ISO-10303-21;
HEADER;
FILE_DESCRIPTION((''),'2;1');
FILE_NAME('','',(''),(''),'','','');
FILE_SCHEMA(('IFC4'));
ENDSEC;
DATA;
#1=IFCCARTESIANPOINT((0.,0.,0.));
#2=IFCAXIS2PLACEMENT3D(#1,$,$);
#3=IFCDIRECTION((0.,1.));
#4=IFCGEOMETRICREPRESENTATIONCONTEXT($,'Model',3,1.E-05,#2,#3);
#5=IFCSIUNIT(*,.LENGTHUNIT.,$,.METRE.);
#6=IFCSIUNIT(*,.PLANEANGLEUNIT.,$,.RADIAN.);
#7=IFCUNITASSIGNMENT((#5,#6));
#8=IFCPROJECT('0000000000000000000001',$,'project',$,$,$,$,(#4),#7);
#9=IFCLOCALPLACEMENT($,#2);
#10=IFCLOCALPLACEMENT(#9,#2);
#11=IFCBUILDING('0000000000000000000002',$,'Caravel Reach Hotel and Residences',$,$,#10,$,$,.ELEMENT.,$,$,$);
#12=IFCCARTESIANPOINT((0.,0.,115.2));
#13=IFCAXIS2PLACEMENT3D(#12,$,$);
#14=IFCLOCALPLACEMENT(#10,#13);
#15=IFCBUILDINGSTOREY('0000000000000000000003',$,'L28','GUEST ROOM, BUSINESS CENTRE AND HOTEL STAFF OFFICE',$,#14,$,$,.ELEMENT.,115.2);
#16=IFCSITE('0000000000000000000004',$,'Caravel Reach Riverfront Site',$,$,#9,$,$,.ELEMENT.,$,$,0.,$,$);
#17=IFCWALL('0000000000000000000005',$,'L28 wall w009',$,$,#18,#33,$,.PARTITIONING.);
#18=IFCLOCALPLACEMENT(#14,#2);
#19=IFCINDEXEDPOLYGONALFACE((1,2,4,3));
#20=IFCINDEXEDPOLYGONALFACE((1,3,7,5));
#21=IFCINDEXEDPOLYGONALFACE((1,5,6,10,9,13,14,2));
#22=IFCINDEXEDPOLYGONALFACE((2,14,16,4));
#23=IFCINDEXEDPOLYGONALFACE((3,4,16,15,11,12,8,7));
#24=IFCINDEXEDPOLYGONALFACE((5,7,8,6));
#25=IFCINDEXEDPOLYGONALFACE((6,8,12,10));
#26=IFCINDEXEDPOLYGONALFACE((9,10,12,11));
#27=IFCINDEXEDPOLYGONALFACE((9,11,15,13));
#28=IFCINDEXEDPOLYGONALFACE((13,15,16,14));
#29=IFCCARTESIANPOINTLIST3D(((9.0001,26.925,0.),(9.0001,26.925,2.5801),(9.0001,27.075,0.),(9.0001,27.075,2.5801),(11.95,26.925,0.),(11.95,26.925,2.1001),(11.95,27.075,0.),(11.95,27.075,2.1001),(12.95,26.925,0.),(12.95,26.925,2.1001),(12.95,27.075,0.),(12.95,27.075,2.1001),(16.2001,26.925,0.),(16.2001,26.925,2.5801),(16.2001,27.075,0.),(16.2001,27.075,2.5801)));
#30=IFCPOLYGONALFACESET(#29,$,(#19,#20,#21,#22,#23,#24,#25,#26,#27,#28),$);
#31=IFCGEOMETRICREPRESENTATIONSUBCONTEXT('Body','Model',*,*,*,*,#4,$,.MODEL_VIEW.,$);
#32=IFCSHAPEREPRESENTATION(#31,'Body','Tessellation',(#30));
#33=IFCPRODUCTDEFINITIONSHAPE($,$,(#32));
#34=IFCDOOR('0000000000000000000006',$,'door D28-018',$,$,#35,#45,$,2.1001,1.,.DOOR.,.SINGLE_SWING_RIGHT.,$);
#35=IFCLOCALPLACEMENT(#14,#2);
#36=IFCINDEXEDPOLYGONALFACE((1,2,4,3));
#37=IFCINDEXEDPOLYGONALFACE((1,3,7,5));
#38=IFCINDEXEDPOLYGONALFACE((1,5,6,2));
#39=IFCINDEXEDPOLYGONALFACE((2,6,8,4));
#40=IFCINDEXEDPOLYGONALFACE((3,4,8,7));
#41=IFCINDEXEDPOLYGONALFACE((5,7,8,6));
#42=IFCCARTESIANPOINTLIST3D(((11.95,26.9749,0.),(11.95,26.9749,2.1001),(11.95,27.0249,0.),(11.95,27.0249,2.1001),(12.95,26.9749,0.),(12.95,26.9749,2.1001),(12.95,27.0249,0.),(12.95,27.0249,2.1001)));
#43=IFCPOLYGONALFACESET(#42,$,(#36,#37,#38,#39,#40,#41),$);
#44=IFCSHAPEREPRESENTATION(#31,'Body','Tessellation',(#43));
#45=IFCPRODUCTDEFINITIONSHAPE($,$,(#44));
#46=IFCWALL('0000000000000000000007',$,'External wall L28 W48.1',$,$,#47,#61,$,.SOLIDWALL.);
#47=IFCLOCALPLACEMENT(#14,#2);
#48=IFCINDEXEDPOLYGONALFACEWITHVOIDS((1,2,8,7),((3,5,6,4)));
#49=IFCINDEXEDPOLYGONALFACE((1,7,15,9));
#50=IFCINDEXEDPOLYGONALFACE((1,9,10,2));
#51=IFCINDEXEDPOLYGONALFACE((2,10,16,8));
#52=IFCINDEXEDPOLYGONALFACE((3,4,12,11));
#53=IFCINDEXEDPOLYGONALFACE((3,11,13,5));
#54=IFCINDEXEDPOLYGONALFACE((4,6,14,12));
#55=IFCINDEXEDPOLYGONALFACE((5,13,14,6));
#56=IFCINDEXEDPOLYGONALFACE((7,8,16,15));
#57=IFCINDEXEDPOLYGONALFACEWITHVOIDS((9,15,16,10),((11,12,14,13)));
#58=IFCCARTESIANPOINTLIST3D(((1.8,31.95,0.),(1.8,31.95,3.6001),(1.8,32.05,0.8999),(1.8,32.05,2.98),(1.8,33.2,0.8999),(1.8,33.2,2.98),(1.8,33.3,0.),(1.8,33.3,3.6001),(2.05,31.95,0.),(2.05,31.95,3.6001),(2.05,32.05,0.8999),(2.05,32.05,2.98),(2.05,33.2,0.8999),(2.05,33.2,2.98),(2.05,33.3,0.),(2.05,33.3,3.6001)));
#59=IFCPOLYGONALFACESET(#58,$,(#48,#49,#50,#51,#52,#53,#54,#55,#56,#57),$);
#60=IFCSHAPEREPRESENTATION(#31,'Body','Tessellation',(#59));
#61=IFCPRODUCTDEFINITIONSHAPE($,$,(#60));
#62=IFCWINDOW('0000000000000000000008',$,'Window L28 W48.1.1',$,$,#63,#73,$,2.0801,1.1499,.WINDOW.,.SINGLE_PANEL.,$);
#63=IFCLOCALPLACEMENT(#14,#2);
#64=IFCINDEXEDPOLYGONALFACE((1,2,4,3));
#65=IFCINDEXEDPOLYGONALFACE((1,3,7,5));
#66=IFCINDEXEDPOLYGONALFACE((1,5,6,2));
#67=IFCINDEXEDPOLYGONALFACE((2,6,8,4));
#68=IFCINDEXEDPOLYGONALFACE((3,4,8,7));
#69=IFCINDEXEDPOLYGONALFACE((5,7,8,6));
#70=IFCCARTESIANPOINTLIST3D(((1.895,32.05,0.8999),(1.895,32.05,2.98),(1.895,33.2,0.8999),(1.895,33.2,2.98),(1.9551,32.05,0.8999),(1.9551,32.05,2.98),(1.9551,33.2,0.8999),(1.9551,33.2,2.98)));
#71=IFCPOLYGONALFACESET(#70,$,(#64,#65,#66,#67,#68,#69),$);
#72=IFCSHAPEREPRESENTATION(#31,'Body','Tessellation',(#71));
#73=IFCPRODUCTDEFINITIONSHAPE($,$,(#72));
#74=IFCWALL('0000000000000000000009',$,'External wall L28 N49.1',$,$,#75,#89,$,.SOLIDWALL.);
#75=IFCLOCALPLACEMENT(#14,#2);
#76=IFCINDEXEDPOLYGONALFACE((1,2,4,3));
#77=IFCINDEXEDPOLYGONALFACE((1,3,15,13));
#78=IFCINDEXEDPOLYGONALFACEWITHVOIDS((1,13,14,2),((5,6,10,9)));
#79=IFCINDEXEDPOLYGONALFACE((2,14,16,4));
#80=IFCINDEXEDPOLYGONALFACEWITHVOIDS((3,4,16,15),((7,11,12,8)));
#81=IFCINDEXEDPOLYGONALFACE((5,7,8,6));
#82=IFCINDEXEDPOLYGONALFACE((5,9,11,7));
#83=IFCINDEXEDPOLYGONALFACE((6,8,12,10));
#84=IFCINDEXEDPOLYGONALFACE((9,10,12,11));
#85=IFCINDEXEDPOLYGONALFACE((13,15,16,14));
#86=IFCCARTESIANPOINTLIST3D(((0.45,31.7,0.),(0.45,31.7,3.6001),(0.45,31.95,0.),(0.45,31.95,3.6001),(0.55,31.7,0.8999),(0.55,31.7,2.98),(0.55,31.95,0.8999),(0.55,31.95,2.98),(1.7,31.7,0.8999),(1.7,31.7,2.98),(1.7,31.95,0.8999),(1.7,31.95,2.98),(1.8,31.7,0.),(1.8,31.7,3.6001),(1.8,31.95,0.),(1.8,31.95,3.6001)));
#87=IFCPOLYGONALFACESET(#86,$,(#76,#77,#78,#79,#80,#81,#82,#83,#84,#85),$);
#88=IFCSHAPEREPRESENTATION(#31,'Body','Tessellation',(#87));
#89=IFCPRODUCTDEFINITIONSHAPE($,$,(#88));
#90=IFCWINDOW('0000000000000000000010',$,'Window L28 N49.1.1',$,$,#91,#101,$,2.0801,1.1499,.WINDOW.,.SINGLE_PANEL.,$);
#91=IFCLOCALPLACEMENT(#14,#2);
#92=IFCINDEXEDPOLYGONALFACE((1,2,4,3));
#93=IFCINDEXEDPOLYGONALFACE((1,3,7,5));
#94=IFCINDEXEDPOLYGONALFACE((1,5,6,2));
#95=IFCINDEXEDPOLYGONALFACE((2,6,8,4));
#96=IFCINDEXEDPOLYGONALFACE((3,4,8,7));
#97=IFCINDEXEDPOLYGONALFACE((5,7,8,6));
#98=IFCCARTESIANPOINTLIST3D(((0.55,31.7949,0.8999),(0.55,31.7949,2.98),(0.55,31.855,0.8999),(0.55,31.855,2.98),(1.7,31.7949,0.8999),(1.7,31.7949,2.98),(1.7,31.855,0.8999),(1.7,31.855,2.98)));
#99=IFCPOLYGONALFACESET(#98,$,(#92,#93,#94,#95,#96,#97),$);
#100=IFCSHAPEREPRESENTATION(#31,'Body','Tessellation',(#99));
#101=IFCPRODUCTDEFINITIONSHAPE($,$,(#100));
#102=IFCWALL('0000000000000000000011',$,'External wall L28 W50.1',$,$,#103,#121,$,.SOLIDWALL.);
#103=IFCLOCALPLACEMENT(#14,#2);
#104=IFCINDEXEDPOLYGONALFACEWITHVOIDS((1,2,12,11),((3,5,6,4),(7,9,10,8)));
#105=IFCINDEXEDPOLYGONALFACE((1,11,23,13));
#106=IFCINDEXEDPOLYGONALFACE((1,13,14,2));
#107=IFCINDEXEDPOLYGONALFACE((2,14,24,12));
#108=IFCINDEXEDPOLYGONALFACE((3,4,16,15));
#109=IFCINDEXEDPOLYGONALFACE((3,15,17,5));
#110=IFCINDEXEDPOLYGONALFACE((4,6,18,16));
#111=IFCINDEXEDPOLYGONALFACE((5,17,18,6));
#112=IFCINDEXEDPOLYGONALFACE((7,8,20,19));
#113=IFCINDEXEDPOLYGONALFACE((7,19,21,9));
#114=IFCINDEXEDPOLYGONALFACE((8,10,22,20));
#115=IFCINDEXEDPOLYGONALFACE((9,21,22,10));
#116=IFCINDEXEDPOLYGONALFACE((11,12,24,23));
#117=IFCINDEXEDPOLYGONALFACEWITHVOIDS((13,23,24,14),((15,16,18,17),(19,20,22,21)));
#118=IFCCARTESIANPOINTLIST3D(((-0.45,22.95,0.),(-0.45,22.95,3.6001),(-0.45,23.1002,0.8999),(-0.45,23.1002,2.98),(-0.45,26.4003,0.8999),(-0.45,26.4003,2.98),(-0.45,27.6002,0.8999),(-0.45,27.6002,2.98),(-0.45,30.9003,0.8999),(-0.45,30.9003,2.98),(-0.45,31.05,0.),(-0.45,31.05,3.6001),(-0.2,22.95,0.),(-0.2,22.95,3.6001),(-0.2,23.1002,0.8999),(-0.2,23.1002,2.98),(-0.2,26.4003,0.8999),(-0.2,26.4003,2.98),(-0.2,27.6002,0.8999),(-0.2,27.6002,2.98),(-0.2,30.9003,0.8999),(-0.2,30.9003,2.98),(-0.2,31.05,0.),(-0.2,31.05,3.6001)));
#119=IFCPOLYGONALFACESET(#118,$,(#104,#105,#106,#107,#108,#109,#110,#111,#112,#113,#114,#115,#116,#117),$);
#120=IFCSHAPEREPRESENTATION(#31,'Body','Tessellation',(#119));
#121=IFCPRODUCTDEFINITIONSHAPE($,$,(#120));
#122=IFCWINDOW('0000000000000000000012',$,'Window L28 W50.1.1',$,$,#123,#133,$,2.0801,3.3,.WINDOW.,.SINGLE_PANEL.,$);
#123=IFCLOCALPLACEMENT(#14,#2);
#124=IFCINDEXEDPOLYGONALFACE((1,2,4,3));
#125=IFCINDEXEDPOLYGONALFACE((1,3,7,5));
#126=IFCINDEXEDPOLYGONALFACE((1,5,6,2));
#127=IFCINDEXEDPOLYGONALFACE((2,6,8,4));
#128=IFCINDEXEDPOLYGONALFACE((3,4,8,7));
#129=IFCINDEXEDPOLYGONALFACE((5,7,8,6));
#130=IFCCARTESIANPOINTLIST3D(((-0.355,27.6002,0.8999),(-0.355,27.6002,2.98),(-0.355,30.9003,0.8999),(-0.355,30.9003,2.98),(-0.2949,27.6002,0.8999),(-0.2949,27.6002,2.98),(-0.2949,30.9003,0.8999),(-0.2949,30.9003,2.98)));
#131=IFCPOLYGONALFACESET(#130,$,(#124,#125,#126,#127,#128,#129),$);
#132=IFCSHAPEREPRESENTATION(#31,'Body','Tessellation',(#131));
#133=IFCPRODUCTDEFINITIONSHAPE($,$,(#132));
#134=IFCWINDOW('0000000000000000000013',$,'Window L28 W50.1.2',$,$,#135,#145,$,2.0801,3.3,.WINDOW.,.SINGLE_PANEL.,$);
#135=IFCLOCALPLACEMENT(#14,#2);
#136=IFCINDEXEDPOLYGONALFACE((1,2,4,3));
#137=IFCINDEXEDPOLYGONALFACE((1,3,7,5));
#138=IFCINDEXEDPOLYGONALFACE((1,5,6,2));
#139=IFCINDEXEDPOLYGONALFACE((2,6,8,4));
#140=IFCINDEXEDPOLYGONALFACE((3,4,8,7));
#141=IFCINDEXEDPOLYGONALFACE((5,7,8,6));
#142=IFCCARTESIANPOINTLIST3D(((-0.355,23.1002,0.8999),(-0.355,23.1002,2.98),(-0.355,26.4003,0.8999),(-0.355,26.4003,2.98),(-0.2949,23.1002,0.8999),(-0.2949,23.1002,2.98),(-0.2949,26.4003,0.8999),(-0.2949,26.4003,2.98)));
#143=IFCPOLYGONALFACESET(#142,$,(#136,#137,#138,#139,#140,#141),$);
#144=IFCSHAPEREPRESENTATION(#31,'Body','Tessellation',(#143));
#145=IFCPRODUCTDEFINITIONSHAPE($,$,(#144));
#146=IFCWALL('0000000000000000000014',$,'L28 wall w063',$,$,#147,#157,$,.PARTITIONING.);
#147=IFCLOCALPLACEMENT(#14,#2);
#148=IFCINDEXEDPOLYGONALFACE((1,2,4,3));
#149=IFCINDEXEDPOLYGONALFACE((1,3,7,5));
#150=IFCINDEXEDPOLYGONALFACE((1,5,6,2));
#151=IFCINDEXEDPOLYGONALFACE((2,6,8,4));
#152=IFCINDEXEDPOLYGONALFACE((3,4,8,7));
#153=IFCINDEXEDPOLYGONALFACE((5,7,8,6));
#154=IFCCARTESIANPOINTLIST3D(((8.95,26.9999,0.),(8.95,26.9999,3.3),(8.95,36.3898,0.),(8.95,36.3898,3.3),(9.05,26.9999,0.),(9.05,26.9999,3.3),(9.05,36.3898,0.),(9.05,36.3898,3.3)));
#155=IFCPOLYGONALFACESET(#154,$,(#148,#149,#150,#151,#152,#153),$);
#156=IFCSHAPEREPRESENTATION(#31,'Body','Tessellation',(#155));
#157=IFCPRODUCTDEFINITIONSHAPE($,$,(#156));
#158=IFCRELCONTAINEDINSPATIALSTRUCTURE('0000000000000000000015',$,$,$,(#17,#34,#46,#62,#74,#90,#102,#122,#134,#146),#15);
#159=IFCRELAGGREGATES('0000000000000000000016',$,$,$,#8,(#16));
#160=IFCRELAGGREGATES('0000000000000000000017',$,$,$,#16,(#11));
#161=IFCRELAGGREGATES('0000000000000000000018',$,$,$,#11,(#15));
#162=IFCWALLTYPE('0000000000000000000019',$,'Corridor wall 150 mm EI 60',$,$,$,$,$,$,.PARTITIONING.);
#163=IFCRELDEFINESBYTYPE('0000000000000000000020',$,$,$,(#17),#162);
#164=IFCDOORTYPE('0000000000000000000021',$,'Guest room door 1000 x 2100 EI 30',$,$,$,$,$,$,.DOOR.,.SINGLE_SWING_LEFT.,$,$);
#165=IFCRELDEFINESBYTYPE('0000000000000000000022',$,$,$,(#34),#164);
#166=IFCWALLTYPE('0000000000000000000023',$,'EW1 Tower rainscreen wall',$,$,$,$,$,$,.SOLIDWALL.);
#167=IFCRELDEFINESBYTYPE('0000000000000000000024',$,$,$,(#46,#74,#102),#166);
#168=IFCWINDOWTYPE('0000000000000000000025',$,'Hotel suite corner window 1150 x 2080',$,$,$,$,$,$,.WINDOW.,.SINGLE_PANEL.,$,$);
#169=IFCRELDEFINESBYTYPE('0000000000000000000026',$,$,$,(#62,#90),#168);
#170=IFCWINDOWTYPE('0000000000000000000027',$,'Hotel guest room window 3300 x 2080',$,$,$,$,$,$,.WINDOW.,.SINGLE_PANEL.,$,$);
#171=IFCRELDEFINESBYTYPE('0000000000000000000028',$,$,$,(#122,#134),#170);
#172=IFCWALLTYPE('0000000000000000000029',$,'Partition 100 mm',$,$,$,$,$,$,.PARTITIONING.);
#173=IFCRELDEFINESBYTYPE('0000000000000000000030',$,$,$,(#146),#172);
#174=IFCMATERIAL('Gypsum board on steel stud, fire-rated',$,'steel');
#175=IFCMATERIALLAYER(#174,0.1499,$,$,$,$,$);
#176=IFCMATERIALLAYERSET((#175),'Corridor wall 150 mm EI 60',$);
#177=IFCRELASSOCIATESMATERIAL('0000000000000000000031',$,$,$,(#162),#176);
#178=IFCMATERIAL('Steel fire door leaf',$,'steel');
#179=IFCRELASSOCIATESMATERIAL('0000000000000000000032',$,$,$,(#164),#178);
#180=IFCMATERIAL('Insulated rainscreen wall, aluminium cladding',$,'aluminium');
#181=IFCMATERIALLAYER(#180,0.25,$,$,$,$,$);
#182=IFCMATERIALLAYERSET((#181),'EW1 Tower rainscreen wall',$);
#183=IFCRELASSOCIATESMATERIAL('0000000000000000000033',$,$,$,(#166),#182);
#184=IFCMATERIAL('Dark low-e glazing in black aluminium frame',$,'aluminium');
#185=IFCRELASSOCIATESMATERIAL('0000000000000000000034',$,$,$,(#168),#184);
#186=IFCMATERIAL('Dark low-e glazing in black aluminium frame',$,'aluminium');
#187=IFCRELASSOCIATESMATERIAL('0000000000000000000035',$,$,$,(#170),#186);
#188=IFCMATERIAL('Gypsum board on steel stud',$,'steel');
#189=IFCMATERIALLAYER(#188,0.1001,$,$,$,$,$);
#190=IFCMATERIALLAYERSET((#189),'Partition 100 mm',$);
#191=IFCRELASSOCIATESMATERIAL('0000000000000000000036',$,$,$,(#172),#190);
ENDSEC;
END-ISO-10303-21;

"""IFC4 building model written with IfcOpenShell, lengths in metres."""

from ifc_helpers import new_model, si_unit, direction, frame, frame_2d, origin, place, context, subcontext, project, spatial, rectangle, extrude, material, layer, layer_set, type_object, element, fill, save


model = new_model("IFC4")

# Units and contexts
model_context = context("Model", 3, precision=1e-05, world=origin(), true_north=direction((0.0, 1.0)))
body_context = subcontext(model_context, "Body", "Model", "MODEL_VIEW")
ifc_project = project(units=[si_unit("LENGTHUNIT", "METRE"), si_unit("PLANEANGLEUNIT", "RADIAN")], contexts=[model_context])

# Site, building, storey
site_placement = place(None, origin())
site = spatial("IfcSite", under=ifc_project, at=site_placement, Name="Caravel Reach Riverfront Site", CompositionType="ELEMENT", RefElevation=0.0)
building_placement = place(site_placement, origin())
building = spatial("IfcBuilding", under=site, at=building_placement, Name="Caravel Reach Hotel and Residences", CompositionType="ELEMENT")
storey_placement = place(building_placement, frame((0.0, 0.0, 115.2)))
storey = spatial("IfcBuildingStorey", under=building, at=storey_placement, Name="L28", Description="GUEST ROOM, BUSINESS CENTRE AND HOTEL STAFF OFFICE", CompositionType="ELEMENT", Elevation=115.2)

# Wall, opening, door
ifc_material_1 = material(Name="Gypsum board on steel stud, fire-rated", Category="steel")
ifc_layer_1 = layer(ifc_material_1, 0.1499)
ifc_layer_set_1 = layer_set([ifc_layer_1], Name="Corridor wall 150 mm EI 60")
wall_type_1 = type_object("IfcWallType", Name="Corridor wall 150 mm EI 60", PredefinedType="PARTITIONING", material=ifc_layer_set_1)
wall_1_placement = place(storey_placement, frame((9.0, 27.0, 0.0), z_axis=(0.0, 0.0, 1.0), x_axis=(1.0, 0.0, 0.0)))
wall_1 = element("IfcWall", 1, at=wall_1_placement, inside=storey, type_object=wall_type_1, Name="L28 wall w009", PredefinedType="PARTITIONING", context=body_context, shape_type="SweptSolid", body=[
    extrude(rectangle(XDim=7.2, YDim=0.1499, at=frame_2d((3.6001, 0.0))), origin(), (0.0, 0.0, 1.0), 2.5801),
])
opening_1_placement = place(wall_1_placement, frame((2.95, 0.0, 0.0)))
opening_1 = element("IfcOpeningElement", 2, at=opening_1_placement, cuts=wall_1, PredefinedType="OPENING", context=body_context, shape_type="SweptSolid", body=[
    extrude(rectangle(XDim=1.0, YDim=2.1001, at=frame_2d((0.5, 1.05))), frame((0.0, 0.085, 0.0), z_axis=(0.0, -1.0, 0.0), x_axis=(1.0, 0.0, 0.0)), (0.0, 0.0, 1.0), 0.1699),
])
ifc_material_2 = material(Name="Steel fire door leaf", Category="steel")
door_type_1 = type_object("IfcDoorType", Name="Guest room door 1000 x 2100 EI 30", OperationType="SINGLE_SWING_LEFT", PredefinedType="DOOR", material=ifc_material_2)
door_1_placement = place(opening_1_placement, origin())
door_1 = element("IfcDoor", 3, at=door_1_placement, inside=storey, type_object=door_type_1, Name="door D28-018", OperationType="SINGLE_SWING_RIGHT", OverallHeight=2.1001, OverallWidth=1.0, PredefinedType="DOOR", context=body_context, shape_type="SweptSolid", body=[
    extrude(rectangle(XDim=1.0, YDim=2.1001, at=frame_2d((0.5, 1.05))), frame((0.0, 0.0249, 0.0), z_axis=(0.0, -1.0, 0.0), x_axis=(1.0, 0.0, 0.0)), (0.0, 0.0, 1.0), 0.05),
])
fill(opening_1, door_1)

# Walls, openings, windows
ifc_material_3 = material(Name="Insulated rainscreen wall, aluminium cladding", Category="aluminium")
ifc_layer_2 = layer(ifc_material_3, 0.25)
ifc_layer_set_2 = layer_set([ifc_layer_2], Name="EW1 Tower rainscreen wall")
wall_type_2 = type_object("IfcWallType", Name="EW1 Tower rainscreen wall", PredefinedType="SOLIDWALL", material=ifc_layer_set_2)
wall_2_placement = place(storey_placement, frame((1.925, 33.3, 0.0), z_axis=(0.0, 0.0, 1.0), x_axis=(0.0, -1.0, 0.0)))
wall_2 = element("IfcWall", 4, at=wall_2_placement, inside=storey, type_object=wall_type_2, Name="External wall L28 W48.1", PredefinedType="SOLIDWALL", context=body_context, shape_type="SweptSolid", body=[
    extrude(rectangle(XDim=1.3501, YDim=0.25, at=frame_2d((0.675, 0.0))), origin(), (0.0, 0.0, 1.0), 3.6001),
])
opening_2_placement = place(wall_2_placement, frame((0.1001, 0.0, 0.8999)))
opening_2 = element("IfcOpeningElement", 5, at=opening_2_placement, cuts=wall_2, PredefinedType="OPENING", context=body_context, shape_type="SweptSolid", body=[
    extrude(rectangle(XDim=1.1499, YDim=2.0801, at=frame_2d((0.575, 1.04))), frame((0.0, 0.135, 0.0), z_axis=(0.0, -1.0, 0.0), x_axis=(1.0, 0.0, 0.0)), (0.0, 0.0, 1.0), 0.27),
])
ifc_material_4 = material(Name="Dark low-e glazing in black aluminium frame", Category="aluminium")
window_type_1 = type_object("IfcWindowType", Name="Hotel suite corner window 1150 x 2080", PartitioningType="SINGLE_PANEL", PredefinedType="WINDOW", material=ifc_material_4)
window_1_placement = place(opening_2_placement, origin())
window_1 = element("IfcWindow", 6, at=window_1_placement, inside=storey, type_object=window_type_1, Name="Window L28 W48.1.1", OverallHeight=2.0801, OverallWidth=1.1499, PartitioningType="SINGLE_PANEL", PredefinedType="WINDOW", context=body_context, shape_type="SweptSolid", body=[
    extrude(rectangle(XDim=1.1499, YDim=2.0801, at=frame_2d((0.575, 1.04))), frame((0.0, 0.03, 0.0), z_axis=(0.0, -1.0, 0.0), x_axis=(1.0, 0.0, 0.0)), (0.0, 0.0, 1.0), 0.0601),
])
fill(opening_2, window_1)
wall_3_placement = place(storey_placement, frame((1.8, 31.825, 0.0), z_axis=(0.0, 0.0, 1.0), x_axis=(-1.0, 0.0, 0.0)))
wall_3 = element("IfcWall", 7, at=wall_3_placement, inside=storey, type_object=wall_type_2, Name="External wall L28 N49.1", PredefinedType="SOLIDWALL", context=body_context, shape_type="SweptSolid", body=[
    extrude(rectangle(XDim=1.3501, YDim=0.25, at=frame_2d((0.675, 0.0))), origin(), (0.0, 0.0, 1.0), 3.6001),
])
opening_3_placement = place(wall_3_placement, frame((0.1001, 0.0, 0.8999)))
opening_3 = element("IfcOpeningElement", 8, at=opening_3_placement, cuts=wall_3, PredefinedType="OPENING", context=body_context, shape_type="SweptSolid", body=[
    extrude(rectangle(XDim=1.1499, YDim=2.0801, at=frame_2d((0.575, 1.04))), frame((0.0, 0.135, 0.0), z_axis=(0.0, -1.0, 0.0), x_axis=(1.0, 0.0, 0.0)), (0.0, 0.0, 1.0), 0.27),
])
window_2_placement = place(opening_3_placement, origin())
window_2 = element("IfcWindow", 9, at=window_2_placement, inside=storey, type_object=window_type_1, Name="Window L28 N49.1.1", OverallHeight=2.0801, OverallWidth=1.1499, PartitioningType="SINGLE_PANEL", PredefinedType="WINDOW", context=body_context, shape_type="SweptSolid", body=[
    extrude(rectangle(XDim=1.1499, YDim=2.0801, at=frame_2d((0.575, 1.04))), frame((0.0, 0.03, 0.0), z_axis=(0.0, -1.0, 0.0), x_axis=(1.0, 0.0, 0.0)), (0.0, 0.0, 1.0), 0.0601),
])
fill(opening_3, window_2)

# Wall, openings, windows
wall_4_placement = place(storey_placement, frame((-0.325, 31.05, 0.0), z_axis=(0.0, 0.0, 1.0), x_axis=(0.0, -1.0, 0.0)))
wall_4 = element("IfcWall", 10, at=wall_4_placement, inside=storey, type_object=wall_type_2, Name="External wall L28 W50.1", PredefinedType="SOLIDWALL", context=body_context, shape_type="SweptSolid", body=[
    extrude(rectangle(XDim=8.1001, YDim=0.25, at=frame_2d((4.05, 0.0))), origin(), (0.0, 0.0, 1.0), 3.6001),
])
opening_4_placement = place(wall_4_placement, frame((0.1499, 0.0, 0.8999)))
opening_4 = element("IfcOpeningElement", 11, at=opening_4_placement, cuts=wall_4, PredefinedType="OPENING", context=body_context, shape_type="SweptSolid", body=[
    extrude(rectangle(XDim=3.3, YDim=2.0801, at=frame_2d((1.6499, 1.04))), frame((0.0, 0.135, 0.0), z_axis=(0.0, -1.0, 0.0), x_axis=(1.0, 0.0, 0.0)), (0.0, 0.0, 1.0), 0.27),
])
opening_5_placement = place(wall_4_placement, frame((4.6499, 0.0, 0.8999)))
opening_5 = element("IfcOpeningElement", 12, at=opening_5_placement, cuts=wall_4, PredefinedType="OPENING", context=body_context, shape_type="SweptSolid", body=[
    extrude(rectangle(XDim=3.3, YDim=2.0801, at=frame_2d((1.6499, 1.04))), frame((0.0, 0.135, 0.0), z_axis=(0.0, -1.0, 0.0), x_axis=(1.0, 0.0, 0.0)), (0.0, 0.0, 1.0), 0.27),
])
ifc_material_5 = material(Name="Dark low-e glazing in black aluminium frame", Category="aluminium")
window_type_2 = type_object("IfcWindowType", Name="Hotel guest room window 3300 x 2080", PartitioningType="SINGLE_PANEL", PredefinedType="WINDOW", material=ifc_material_5)
window_3_placement = place(opening_4_placement, origin())
window_3 = element("IfcWindow", 13, at=window_3_placement, inside=storey, type_object=window_type_2, Name="Window L28 W50.1.1", OverallHeight=2.0801, OverallWidth=3.3, PartitioningType="SINGLE_PANEL", PredefinedType="WINDOW", context=body_context, shape_type="SweptSolid", body=[
    extrude(rectangle(XDim=3.3, YDim=2.0801, at=frame_2d((1.6499, 1.04))), frame((0.0, 0.03, 0.0), z_axis=(0.0, -1.0, 0.0), x_axis=(1.0, 0.0, 0.0)), (0.0, 0.0, 1.0), 0.0601),
])
fill(opening_4, window_3)
window_4_placement = place(opening_5_placement, origin())
window_4 = element("IfcWindow", 14, at=window_4_placement, inside=storey, type_object=window_type_2, Name="Window L28 W50.1.2", OverallHeight=2.0801, OverallWidth=3.3, PartitioningType="SINGLE_PANEL", PredefinedType="WINDOW", context=body_context, shape_type="SweptSolid", body=[
    extrude(rectangle(XDim=3.3, YDim=2.0801, at=frame_2d((1.6499, 1.04))), frame((0.0, 0.03, 0.0), z_axis=(0.0, -1.0, 0.0), x_axis=(1.0, 0.0, 0.0)), (0.0, 0.0, 1.0), 0.0601),
])
fill(opening_5, window_4)

# Wall
ifc_material_6 = material(Name="Gypsum board on steel stud", Category="steel")
ifc_layer_3 = layer(ifc_material_6, 0.1001)
ifc_layer_set_3 = layer_set([ifc_layer_3], Name="Partition 100 mm")
wall_type_3 = type_object("IfcWallType", Name="Partition 100 mm", PredefinedType="PARTITIONING", material=ifc_layer_set_3)
wall_5_placement = place(storey_placement, frame((9.0, 27.0, 0.0), z_axis=(0.0, 0.0, 1.0), x_axis=(0.0, 1.0, 0.0)))
element("IfcWall", 15, at=wall_5_placement, inside=storey, type_object=wall_type_3, Name="L28 wall w063", PredefinedType="PARTITIONING", context=body_context, shape_type="SweptSolid", body=[
    extrude(rectangle(XDim=9.3899, YDim=0.1001, at=frame_2d((4.6948, 0.0))), origin(), (0.0, 0.0, 1.0), 3.3),
])

save(model, "model.ifc")
